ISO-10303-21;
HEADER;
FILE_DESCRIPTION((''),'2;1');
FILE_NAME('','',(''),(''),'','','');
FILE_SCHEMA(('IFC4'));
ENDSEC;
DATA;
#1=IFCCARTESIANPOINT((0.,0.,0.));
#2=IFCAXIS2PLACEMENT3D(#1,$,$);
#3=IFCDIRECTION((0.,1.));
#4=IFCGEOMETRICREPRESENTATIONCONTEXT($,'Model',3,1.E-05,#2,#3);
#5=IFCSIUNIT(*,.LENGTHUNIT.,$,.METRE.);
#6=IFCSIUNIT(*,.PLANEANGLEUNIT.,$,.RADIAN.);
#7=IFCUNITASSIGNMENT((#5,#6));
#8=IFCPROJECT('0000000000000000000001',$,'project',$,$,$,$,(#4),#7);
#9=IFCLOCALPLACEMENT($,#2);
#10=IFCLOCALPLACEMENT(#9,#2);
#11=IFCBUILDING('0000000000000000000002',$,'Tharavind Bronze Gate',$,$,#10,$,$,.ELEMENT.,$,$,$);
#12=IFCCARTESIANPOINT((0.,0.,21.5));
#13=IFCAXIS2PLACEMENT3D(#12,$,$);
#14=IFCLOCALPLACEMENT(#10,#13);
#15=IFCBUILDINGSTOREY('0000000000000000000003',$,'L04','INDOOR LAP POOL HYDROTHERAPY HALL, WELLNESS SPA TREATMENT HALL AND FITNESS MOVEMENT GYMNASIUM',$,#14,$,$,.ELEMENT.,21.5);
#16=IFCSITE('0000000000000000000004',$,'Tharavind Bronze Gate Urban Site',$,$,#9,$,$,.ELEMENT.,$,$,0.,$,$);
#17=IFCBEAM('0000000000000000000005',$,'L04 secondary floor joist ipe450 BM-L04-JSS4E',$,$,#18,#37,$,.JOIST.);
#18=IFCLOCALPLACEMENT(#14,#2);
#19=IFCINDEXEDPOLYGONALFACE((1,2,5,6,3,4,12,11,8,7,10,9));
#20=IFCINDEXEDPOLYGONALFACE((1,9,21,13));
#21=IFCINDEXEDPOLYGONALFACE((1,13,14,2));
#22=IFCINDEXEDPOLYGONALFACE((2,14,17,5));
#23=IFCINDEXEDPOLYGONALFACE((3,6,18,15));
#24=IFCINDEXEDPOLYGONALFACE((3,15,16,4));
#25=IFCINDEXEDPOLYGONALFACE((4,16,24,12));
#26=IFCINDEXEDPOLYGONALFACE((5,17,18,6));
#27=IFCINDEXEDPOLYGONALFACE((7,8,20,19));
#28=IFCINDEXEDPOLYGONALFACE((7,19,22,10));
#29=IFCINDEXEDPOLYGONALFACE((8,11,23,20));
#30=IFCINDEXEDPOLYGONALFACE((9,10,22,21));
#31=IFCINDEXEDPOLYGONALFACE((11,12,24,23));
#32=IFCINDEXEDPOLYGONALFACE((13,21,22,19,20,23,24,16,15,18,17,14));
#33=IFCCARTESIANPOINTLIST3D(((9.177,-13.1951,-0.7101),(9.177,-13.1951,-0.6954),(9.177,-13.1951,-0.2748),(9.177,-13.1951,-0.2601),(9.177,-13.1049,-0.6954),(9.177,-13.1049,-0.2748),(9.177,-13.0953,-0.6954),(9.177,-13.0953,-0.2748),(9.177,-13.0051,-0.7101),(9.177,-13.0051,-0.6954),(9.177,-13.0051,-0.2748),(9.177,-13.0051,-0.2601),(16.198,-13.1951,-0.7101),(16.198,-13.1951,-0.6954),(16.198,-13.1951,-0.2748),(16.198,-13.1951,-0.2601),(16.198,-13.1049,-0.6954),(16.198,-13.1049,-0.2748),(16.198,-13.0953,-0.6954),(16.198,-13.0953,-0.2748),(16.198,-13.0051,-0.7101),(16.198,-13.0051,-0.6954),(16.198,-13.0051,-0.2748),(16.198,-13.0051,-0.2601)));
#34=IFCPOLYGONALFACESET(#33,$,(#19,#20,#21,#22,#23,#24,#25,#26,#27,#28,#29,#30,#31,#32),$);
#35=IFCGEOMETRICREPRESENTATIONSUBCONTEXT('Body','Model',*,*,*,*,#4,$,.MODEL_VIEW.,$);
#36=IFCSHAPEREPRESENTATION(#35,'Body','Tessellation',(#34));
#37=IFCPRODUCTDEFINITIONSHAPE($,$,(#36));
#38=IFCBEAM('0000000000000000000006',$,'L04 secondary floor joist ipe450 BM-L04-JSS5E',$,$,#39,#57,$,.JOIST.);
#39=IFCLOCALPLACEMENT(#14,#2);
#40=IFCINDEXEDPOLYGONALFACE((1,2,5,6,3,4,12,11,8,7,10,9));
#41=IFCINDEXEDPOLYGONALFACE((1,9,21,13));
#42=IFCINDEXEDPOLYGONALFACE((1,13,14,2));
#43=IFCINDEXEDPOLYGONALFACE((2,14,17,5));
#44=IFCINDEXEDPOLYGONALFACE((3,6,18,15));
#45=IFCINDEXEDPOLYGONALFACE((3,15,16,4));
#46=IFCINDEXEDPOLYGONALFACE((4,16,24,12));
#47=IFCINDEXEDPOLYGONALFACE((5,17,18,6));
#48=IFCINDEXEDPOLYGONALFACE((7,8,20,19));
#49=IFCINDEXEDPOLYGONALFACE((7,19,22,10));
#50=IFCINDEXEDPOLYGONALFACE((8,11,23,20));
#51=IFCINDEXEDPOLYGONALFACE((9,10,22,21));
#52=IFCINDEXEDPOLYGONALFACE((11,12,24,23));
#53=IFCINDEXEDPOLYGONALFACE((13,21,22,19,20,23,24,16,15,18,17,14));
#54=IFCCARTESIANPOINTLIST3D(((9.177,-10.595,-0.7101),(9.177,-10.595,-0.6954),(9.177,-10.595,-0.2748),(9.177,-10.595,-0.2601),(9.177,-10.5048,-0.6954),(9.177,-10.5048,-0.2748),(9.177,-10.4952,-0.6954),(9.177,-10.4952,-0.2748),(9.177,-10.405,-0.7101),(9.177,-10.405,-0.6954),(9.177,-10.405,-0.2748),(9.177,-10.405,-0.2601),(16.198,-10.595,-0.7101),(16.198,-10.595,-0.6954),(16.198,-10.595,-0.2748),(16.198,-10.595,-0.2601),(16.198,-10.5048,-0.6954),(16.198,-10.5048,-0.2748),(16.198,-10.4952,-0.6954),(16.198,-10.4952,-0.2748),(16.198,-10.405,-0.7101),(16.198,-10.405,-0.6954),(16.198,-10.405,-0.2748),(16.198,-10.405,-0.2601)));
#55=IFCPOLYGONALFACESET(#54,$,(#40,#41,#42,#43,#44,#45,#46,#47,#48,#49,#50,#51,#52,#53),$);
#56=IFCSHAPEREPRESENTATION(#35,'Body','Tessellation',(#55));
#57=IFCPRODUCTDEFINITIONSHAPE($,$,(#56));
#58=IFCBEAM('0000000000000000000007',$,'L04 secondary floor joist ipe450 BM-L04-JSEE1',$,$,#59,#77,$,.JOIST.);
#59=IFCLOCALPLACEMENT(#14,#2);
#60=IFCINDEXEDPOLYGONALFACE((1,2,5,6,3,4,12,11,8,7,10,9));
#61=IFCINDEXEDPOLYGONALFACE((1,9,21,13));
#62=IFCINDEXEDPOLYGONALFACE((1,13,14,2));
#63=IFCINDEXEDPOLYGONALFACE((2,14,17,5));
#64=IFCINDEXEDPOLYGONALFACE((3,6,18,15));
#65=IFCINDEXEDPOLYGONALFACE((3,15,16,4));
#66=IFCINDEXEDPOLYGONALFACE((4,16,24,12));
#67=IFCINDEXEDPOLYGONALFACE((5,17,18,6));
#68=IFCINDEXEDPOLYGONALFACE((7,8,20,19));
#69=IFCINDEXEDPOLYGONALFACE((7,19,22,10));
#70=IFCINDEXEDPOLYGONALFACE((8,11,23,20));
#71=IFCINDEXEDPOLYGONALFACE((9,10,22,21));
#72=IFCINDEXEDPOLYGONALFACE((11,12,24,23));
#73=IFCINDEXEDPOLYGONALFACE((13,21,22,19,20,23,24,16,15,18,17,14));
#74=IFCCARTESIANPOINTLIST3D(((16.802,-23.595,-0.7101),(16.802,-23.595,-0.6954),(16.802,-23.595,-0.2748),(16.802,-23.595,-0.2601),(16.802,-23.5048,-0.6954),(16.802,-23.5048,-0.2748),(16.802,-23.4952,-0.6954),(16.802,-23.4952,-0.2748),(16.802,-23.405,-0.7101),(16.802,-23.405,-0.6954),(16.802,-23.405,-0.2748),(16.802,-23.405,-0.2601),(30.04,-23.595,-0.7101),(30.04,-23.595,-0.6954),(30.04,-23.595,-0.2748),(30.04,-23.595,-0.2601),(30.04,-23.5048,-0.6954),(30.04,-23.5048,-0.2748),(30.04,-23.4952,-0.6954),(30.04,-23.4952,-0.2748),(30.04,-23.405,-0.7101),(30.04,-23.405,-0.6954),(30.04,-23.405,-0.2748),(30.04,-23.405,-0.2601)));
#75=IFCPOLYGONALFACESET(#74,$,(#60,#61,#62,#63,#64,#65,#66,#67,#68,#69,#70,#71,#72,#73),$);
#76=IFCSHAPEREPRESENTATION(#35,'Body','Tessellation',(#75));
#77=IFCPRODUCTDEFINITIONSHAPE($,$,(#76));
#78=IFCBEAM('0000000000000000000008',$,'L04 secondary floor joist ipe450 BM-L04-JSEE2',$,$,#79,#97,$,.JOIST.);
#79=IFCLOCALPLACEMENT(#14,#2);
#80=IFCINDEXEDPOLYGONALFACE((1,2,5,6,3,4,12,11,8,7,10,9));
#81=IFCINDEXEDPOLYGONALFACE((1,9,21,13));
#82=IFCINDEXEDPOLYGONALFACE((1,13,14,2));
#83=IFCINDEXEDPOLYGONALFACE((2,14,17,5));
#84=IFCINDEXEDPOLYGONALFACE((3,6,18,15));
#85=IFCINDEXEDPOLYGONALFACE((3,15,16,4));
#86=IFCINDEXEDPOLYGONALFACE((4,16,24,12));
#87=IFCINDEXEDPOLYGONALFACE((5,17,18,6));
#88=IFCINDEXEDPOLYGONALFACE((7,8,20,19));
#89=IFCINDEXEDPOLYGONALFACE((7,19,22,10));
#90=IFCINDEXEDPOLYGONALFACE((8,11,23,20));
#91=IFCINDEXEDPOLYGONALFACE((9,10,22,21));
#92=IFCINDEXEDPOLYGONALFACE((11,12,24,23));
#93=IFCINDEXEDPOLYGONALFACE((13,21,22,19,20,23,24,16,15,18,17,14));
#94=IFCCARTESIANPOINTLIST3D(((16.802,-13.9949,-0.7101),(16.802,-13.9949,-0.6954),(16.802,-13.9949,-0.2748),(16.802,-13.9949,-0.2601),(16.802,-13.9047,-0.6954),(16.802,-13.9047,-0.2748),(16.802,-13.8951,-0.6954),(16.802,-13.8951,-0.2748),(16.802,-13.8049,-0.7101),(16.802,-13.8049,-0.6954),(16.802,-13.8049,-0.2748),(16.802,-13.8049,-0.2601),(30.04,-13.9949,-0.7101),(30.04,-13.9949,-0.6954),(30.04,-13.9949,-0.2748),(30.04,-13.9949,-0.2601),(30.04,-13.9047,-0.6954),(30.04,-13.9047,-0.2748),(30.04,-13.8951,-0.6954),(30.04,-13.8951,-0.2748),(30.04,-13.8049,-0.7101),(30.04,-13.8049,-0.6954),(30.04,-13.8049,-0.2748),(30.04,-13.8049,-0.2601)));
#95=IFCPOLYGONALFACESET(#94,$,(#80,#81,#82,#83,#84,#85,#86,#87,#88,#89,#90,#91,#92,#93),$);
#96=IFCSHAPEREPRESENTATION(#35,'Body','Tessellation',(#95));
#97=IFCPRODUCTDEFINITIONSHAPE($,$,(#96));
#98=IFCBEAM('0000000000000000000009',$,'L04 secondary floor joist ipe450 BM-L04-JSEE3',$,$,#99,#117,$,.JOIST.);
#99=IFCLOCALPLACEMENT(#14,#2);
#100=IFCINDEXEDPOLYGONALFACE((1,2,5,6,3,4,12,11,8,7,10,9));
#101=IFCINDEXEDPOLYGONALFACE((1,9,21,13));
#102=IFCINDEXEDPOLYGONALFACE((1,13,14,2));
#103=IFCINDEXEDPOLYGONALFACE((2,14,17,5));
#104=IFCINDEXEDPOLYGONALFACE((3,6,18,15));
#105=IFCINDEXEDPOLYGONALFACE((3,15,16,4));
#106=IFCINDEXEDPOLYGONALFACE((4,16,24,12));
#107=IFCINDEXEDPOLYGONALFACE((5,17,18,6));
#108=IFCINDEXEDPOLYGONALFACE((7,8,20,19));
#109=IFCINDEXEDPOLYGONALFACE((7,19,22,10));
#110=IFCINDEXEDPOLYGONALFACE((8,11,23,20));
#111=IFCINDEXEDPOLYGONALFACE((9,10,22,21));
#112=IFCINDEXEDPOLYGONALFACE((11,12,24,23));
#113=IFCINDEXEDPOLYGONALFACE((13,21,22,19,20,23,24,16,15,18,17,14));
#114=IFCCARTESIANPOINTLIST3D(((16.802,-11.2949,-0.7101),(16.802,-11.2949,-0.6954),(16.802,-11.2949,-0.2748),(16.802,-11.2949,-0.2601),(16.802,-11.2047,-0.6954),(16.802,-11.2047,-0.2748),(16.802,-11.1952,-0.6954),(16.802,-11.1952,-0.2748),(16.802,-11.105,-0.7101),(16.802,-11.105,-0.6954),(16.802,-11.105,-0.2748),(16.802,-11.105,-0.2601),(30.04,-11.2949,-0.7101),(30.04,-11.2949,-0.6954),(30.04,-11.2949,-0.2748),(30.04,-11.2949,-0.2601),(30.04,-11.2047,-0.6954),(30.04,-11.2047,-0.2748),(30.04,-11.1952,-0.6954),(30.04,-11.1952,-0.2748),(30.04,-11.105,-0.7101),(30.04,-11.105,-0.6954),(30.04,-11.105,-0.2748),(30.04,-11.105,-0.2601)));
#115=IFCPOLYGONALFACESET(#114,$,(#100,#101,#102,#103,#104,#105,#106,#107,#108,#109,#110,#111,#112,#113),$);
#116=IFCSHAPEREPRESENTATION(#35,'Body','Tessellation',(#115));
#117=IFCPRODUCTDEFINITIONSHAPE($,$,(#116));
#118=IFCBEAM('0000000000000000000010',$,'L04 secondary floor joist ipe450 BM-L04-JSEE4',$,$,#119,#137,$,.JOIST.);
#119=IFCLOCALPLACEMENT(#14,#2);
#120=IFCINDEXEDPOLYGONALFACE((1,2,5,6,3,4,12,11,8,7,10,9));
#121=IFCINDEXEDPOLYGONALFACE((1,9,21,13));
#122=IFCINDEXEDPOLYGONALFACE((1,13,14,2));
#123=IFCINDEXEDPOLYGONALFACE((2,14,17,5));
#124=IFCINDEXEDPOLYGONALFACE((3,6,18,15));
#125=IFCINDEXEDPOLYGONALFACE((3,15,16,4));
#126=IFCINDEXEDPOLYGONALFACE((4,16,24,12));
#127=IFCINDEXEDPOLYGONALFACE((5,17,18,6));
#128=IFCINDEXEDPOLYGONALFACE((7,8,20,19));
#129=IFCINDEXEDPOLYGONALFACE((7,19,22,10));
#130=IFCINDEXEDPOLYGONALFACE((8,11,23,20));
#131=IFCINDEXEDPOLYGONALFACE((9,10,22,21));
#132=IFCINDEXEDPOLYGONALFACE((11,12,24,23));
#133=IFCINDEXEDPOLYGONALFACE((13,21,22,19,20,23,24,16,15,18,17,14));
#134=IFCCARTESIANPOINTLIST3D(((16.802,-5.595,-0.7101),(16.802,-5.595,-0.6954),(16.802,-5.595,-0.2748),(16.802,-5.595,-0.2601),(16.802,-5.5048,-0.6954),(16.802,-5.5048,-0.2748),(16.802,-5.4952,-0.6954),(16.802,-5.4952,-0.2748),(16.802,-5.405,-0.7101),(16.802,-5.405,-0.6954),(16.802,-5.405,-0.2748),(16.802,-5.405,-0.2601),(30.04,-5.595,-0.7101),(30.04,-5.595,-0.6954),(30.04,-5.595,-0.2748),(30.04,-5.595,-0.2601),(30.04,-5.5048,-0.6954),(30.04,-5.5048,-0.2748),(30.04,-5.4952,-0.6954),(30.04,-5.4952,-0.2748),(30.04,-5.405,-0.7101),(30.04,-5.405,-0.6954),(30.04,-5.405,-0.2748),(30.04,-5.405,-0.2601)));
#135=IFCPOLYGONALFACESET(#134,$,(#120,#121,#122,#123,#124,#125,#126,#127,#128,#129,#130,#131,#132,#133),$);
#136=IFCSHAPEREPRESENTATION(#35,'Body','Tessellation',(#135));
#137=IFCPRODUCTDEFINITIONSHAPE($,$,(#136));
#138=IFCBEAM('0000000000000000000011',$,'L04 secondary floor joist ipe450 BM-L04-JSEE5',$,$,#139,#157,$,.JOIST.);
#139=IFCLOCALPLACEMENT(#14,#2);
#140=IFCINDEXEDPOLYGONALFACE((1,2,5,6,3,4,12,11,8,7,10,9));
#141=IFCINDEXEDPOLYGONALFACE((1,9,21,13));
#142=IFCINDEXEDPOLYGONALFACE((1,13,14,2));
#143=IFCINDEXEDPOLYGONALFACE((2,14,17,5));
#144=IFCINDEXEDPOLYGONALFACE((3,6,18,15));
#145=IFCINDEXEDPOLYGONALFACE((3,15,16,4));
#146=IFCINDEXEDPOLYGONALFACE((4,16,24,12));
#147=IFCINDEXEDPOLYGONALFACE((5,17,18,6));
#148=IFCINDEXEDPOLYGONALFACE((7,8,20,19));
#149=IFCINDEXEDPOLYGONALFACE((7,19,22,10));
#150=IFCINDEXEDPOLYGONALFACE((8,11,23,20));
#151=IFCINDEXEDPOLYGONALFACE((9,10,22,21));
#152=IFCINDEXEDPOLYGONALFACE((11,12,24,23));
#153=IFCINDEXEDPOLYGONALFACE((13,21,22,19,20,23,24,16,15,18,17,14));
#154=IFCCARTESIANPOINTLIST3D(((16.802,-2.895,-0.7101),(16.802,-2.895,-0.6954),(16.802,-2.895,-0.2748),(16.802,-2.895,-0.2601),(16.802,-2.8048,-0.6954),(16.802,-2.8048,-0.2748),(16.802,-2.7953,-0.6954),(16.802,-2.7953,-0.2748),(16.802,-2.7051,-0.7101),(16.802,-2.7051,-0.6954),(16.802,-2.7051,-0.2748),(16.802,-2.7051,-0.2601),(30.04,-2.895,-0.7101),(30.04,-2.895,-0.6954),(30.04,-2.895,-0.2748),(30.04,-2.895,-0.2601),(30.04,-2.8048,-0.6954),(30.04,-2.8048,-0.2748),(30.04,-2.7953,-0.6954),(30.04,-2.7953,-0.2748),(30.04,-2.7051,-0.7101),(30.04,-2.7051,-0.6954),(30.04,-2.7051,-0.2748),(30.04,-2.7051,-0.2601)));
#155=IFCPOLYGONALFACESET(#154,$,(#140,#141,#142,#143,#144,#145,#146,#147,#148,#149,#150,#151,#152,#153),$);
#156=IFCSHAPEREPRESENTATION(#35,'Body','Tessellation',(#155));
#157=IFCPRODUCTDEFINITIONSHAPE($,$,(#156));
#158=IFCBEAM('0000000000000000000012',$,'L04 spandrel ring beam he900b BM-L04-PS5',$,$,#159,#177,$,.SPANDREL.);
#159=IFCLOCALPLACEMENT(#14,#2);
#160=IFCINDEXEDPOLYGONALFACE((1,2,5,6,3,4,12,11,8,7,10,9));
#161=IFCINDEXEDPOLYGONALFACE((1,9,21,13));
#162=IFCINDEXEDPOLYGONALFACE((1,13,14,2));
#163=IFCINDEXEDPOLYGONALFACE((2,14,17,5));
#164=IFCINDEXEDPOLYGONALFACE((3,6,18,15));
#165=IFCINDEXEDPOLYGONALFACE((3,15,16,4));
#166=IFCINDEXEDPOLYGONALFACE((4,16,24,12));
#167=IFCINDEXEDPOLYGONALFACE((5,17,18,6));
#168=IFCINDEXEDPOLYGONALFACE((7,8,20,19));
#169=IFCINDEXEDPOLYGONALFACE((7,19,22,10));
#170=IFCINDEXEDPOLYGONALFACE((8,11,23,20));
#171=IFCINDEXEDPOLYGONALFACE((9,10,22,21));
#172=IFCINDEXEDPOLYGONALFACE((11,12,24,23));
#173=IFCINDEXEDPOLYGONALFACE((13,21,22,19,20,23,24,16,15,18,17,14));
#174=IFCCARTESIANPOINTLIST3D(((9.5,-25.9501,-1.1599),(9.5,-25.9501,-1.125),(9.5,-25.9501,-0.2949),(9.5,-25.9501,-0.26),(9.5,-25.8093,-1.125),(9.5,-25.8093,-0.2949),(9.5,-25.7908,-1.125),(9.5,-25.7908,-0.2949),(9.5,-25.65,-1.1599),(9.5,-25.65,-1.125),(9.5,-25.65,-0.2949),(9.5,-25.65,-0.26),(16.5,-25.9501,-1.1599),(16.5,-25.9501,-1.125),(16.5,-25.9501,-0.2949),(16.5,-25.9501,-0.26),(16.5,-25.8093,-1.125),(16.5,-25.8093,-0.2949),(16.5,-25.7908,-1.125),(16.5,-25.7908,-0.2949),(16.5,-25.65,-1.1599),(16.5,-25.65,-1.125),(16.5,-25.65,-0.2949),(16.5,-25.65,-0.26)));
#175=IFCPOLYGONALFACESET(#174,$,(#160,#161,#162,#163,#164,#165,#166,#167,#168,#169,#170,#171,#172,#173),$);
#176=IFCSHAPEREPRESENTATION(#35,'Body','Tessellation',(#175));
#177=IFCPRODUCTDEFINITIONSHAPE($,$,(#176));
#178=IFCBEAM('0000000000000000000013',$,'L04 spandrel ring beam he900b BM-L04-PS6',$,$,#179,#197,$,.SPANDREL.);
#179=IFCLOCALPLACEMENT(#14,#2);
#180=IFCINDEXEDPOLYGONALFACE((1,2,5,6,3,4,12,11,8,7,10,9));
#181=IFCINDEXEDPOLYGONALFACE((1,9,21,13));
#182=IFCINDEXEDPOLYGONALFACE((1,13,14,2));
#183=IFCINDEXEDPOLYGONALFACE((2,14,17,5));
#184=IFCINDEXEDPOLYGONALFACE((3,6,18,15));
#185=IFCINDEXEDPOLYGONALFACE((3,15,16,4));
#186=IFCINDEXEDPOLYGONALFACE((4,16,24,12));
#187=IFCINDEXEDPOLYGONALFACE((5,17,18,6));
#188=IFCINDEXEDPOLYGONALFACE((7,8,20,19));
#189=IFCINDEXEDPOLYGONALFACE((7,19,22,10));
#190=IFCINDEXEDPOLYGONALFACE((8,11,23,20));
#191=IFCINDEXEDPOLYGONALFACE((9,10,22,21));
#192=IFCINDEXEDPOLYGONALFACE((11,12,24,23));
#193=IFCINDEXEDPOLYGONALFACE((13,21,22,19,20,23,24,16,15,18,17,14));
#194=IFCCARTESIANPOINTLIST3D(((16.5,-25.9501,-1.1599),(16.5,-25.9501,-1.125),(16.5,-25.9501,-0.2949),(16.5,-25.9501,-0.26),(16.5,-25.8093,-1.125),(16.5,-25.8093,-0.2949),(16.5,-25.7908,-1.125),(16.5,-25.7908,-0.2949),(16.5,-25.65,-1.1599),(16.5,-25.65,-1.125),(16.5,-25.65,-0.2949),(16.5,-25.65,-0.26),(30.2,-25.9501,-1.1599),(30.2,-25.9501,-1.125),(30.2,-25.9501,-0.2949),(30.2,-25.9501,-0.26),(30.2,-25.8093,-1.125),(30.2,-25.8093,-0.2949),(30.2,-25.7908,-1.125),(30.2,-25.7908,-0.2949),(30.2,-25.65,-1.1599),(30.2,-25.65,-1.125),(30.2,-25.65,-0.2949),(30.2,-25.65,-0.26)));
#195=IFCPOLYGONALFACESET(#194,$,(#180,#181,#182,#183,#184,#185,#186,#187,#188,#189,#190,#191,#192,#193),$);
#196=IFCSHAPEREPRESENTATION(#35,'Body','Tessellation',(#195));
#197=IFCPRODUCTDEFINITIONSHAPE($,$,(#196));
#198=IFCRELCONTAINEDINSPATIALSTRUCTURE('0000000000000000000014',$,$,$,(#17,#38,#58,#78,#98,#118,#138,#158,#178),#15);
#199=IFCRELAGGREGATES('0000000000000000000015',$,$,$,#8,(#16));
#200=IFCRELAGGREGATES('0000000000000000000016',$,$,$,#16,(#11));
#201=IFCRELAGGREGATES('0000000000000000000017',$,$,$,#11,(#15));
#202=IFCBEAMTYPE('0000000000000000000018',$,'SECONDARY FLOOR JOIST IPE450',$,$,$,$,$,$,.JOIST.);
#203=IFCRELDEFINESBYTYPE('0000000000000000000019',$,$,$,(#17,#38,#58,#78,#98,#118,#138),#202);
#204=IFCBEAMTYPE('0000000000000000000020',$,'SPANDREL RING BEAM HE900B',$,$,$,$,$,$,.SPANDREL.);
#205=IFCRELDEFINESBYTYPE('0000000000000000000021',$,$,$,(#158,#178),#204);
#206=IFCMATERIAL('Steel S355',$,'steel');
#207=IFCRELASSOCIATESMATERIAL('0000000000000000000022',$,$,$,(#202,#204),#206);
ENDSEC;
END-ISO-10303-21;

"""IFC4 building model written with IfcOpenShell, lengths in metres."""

from ifc_helpers import new_model, si_unit, direction, frame, origin, origin_2d, place, context, subcontext, project, spatial, i_section, extrude, material, material_profile, profile_set, type_object, element, save


model = new_model("IFC4")

# Units and contexts
model_context = context("Model", 3, precision=1e-05, world=origin(), true_north=direction((0.0, 1.0)))
body_context = subcontext(model_context, "Body", "Model", "MODEL_VIEW")
ifc_project = project(units=[si_unit("LENGTHUNIT", "METRE"), si_unit("PLANEANGLEUNIT", "RADIAN")], contexts=[model_context])

# Site, building, storey
site_placement = place(None, origin())
site = spatial("IfcSite", under=ifc_project, at=site_placement, Name="Tharavind Bronze Gate Urban Site", CompositionType="ELEMENT", RefElevation=0.0)
building_placement = place(site_placement, origin())
building = spatial("IfcBuilding", under=site, at=building_placement, Name="Tharavind Bronze Gate", CompositionType="ELEMENT")
storey_placement = place(building_placement, frame((0.0, 0.0, 21.5)))
storey = spatial("IfcBuildingStorey", under=building, at=storey_placement, Name="L04", Description="INDOOR LAP POOL HYDROTHERAPY HALL, WELLNESS SPA TREATMENT HALL AND FITNESS MOVEMENT GYMNASIUM", CompositionType="ELEMENT", Elevation=21.5)

# Beams
ifc_material_1 = material(Name="Steel S355", Category="steel")
ifc_material_profile_1 = material_profile(ifc_material_1, i_section(OverallWidth=0.1899, OverallDepth=0.45, WebThickness=0.0095, FlangeThickness=0.0146, at=origin_2d()), Name="IPE450")
ifc_profile_set_1 = profile_set([ifc_material_profile_1], Name="Steel S355")
beam_type_1 = type_object("IfcBeamType", Name="SECONDARY FLOOR JOIST IPE450", PredefinedType="JOIST", material=ifc_profile_set_1)
for number, where, z_axis, x_axis, name in (
    (1, (9.177, -13.1001, -0.4851), (1.0, 0.0, 0.0), (0.0, 1.0, 0.0), "L04 secondary floor joist ipe450 BM-L04-JSS4E"),
    (2, (9.177, -10.5, -0.4851), (1.0, 0.0, 0.0), (0.0, 1.0, 0.0), "L04 secondary floor joist ipe450 BM-L04-JSS5E"),
):
    element("IfcBeam", number, at=place(storey_placement, frame(where, z_axis=z_axis, x_axis=x_axis)), inside=storey, type_object=beam_type_1, Name=name, PredefinedType="JOIST", context=body_context, shape_type="SweptSolid", body=[
        extrude(i_section(OverallWidth=0.1899, OverallDepth=0.45, WebThickness=0.0095, FlangeThickness=0.0146, at=origin_2d()), origin(), (0.0, 0.0, 1.0), 7.021),
    ])
for number, where, z_axis, x_axis, name in (
    (3, (16.802, -23.5, -0.4851), (1.0, 0.0, 0.0), (0.0, 1.0, 0.0), "L04 secondary floor joist ipe450 BM-L04-JSEE1"),
    (4, (16.802, -13.8999, -0.4851), (1.0, 0.0, 0.0), (0.0, 1.0, 0.0), "L04 secondary floor joist ipe450 BM-L04-JSEE2"),
    (5, (16.802, -11.2, -0.4851), (1.0, 0.0, 0.0), (0.0, 1.0, 0.0), "L04 secondary floor joist ipe450 BM-L04-JSEE3"),
    (6, (16.802, -5.5, -0.4851), (1.0, 0.0, 0.0), (0.0, 1.0, 0.0), "L04 secondary floor joist ipe450 BM-L04-JSEE4"),
    (7, (16.802, -2.8, -0.4851), (1.0, 0.0, 0.0), (0.0, 1.0, 0.0), "L04 secondary floor joist ipe450 BM-L04-JSEE5"),
):
    element("IfcBeam", number, at=place(storey_placement, frame(where, z_axis=z_axis, x_axis=x_axis)), inside=storey, type_object=beam_type_1, Name=name, PredefinedType="JOIST", context=body_context, shape_type="SweptSolid", body=[
        extrude(i_section(OverallWidth=0.1899, OverallDepth=0.45, WebThickness=0.0095, FlangeThickness=0.0146, at=origin_2d()), origin(), (0.0, 0.0, 1.0), 13.238),
    ])
ifc_material_profile_2 = material_profile(ifc_material_1, i_section(OverallWidth=0.3, OverallDepth=0.8999, WebThickness=0.0186, FlangeThickness=0.0349, at=origin_2d()), Name="HE900B")
ifc_profile_set_2 = profile_set([ifc_material_profile_2], Name="Steel S355")
beam_type_2 = type_object("IfcBeamType", Name="SPANDREL RING BEAM HE900B", PredefinedType="SPANDREL", material=ifc_profile_set_2)
beam_1_placement = place(storey_placement, frame((9.5, -25.8, -0.71), z_axis=(1.0, 0.0, 0.0), x_axis=(0.0, 1.0, 0.0)))
element("IfcBeam", 8, at=beam_1_placement, inside=storey, type_object=beam_type_2, Name="L04 spandrel ring beam he900b BM-L04-PS5", PredefinedType="SPANDREL", context=body_context, shape_type="SweptSolid", body=[
    extrude(i_section(OverallWidth=0.3, OverallDepth=0.8999, WebThickness=0.0186, FlangeThickness=0.0349, at=origin_2d()), origin(), (0.0, 0.0, 1.0), 7.0),
])
beam_2_placement = place(storey_placement, frame((16.5, -25.8, -0.71), z_axis=(1.0, 0.0, 0.0), x_axis=(0.0, 1.0, 0.0)))
element("IfcBeam", 9, at=beam_2_placement, inside=storey, type_object=beam_type_2, Name="L04 spandrel ring beam he900b BM-L04-PS6", PredefinedType="SPANDREL", context=body_context, shape_type="SweptSolid", body=[
    extrude(i_section(OverallWidth=0.3, OverallDepth=0.8999, WebThickness=0.0186, FlangeThickness=0.0349, at=origin_2d()), origin(), (0.0, 0.0, 1.0), 13.7),
])

save(model, "model.ifc")
